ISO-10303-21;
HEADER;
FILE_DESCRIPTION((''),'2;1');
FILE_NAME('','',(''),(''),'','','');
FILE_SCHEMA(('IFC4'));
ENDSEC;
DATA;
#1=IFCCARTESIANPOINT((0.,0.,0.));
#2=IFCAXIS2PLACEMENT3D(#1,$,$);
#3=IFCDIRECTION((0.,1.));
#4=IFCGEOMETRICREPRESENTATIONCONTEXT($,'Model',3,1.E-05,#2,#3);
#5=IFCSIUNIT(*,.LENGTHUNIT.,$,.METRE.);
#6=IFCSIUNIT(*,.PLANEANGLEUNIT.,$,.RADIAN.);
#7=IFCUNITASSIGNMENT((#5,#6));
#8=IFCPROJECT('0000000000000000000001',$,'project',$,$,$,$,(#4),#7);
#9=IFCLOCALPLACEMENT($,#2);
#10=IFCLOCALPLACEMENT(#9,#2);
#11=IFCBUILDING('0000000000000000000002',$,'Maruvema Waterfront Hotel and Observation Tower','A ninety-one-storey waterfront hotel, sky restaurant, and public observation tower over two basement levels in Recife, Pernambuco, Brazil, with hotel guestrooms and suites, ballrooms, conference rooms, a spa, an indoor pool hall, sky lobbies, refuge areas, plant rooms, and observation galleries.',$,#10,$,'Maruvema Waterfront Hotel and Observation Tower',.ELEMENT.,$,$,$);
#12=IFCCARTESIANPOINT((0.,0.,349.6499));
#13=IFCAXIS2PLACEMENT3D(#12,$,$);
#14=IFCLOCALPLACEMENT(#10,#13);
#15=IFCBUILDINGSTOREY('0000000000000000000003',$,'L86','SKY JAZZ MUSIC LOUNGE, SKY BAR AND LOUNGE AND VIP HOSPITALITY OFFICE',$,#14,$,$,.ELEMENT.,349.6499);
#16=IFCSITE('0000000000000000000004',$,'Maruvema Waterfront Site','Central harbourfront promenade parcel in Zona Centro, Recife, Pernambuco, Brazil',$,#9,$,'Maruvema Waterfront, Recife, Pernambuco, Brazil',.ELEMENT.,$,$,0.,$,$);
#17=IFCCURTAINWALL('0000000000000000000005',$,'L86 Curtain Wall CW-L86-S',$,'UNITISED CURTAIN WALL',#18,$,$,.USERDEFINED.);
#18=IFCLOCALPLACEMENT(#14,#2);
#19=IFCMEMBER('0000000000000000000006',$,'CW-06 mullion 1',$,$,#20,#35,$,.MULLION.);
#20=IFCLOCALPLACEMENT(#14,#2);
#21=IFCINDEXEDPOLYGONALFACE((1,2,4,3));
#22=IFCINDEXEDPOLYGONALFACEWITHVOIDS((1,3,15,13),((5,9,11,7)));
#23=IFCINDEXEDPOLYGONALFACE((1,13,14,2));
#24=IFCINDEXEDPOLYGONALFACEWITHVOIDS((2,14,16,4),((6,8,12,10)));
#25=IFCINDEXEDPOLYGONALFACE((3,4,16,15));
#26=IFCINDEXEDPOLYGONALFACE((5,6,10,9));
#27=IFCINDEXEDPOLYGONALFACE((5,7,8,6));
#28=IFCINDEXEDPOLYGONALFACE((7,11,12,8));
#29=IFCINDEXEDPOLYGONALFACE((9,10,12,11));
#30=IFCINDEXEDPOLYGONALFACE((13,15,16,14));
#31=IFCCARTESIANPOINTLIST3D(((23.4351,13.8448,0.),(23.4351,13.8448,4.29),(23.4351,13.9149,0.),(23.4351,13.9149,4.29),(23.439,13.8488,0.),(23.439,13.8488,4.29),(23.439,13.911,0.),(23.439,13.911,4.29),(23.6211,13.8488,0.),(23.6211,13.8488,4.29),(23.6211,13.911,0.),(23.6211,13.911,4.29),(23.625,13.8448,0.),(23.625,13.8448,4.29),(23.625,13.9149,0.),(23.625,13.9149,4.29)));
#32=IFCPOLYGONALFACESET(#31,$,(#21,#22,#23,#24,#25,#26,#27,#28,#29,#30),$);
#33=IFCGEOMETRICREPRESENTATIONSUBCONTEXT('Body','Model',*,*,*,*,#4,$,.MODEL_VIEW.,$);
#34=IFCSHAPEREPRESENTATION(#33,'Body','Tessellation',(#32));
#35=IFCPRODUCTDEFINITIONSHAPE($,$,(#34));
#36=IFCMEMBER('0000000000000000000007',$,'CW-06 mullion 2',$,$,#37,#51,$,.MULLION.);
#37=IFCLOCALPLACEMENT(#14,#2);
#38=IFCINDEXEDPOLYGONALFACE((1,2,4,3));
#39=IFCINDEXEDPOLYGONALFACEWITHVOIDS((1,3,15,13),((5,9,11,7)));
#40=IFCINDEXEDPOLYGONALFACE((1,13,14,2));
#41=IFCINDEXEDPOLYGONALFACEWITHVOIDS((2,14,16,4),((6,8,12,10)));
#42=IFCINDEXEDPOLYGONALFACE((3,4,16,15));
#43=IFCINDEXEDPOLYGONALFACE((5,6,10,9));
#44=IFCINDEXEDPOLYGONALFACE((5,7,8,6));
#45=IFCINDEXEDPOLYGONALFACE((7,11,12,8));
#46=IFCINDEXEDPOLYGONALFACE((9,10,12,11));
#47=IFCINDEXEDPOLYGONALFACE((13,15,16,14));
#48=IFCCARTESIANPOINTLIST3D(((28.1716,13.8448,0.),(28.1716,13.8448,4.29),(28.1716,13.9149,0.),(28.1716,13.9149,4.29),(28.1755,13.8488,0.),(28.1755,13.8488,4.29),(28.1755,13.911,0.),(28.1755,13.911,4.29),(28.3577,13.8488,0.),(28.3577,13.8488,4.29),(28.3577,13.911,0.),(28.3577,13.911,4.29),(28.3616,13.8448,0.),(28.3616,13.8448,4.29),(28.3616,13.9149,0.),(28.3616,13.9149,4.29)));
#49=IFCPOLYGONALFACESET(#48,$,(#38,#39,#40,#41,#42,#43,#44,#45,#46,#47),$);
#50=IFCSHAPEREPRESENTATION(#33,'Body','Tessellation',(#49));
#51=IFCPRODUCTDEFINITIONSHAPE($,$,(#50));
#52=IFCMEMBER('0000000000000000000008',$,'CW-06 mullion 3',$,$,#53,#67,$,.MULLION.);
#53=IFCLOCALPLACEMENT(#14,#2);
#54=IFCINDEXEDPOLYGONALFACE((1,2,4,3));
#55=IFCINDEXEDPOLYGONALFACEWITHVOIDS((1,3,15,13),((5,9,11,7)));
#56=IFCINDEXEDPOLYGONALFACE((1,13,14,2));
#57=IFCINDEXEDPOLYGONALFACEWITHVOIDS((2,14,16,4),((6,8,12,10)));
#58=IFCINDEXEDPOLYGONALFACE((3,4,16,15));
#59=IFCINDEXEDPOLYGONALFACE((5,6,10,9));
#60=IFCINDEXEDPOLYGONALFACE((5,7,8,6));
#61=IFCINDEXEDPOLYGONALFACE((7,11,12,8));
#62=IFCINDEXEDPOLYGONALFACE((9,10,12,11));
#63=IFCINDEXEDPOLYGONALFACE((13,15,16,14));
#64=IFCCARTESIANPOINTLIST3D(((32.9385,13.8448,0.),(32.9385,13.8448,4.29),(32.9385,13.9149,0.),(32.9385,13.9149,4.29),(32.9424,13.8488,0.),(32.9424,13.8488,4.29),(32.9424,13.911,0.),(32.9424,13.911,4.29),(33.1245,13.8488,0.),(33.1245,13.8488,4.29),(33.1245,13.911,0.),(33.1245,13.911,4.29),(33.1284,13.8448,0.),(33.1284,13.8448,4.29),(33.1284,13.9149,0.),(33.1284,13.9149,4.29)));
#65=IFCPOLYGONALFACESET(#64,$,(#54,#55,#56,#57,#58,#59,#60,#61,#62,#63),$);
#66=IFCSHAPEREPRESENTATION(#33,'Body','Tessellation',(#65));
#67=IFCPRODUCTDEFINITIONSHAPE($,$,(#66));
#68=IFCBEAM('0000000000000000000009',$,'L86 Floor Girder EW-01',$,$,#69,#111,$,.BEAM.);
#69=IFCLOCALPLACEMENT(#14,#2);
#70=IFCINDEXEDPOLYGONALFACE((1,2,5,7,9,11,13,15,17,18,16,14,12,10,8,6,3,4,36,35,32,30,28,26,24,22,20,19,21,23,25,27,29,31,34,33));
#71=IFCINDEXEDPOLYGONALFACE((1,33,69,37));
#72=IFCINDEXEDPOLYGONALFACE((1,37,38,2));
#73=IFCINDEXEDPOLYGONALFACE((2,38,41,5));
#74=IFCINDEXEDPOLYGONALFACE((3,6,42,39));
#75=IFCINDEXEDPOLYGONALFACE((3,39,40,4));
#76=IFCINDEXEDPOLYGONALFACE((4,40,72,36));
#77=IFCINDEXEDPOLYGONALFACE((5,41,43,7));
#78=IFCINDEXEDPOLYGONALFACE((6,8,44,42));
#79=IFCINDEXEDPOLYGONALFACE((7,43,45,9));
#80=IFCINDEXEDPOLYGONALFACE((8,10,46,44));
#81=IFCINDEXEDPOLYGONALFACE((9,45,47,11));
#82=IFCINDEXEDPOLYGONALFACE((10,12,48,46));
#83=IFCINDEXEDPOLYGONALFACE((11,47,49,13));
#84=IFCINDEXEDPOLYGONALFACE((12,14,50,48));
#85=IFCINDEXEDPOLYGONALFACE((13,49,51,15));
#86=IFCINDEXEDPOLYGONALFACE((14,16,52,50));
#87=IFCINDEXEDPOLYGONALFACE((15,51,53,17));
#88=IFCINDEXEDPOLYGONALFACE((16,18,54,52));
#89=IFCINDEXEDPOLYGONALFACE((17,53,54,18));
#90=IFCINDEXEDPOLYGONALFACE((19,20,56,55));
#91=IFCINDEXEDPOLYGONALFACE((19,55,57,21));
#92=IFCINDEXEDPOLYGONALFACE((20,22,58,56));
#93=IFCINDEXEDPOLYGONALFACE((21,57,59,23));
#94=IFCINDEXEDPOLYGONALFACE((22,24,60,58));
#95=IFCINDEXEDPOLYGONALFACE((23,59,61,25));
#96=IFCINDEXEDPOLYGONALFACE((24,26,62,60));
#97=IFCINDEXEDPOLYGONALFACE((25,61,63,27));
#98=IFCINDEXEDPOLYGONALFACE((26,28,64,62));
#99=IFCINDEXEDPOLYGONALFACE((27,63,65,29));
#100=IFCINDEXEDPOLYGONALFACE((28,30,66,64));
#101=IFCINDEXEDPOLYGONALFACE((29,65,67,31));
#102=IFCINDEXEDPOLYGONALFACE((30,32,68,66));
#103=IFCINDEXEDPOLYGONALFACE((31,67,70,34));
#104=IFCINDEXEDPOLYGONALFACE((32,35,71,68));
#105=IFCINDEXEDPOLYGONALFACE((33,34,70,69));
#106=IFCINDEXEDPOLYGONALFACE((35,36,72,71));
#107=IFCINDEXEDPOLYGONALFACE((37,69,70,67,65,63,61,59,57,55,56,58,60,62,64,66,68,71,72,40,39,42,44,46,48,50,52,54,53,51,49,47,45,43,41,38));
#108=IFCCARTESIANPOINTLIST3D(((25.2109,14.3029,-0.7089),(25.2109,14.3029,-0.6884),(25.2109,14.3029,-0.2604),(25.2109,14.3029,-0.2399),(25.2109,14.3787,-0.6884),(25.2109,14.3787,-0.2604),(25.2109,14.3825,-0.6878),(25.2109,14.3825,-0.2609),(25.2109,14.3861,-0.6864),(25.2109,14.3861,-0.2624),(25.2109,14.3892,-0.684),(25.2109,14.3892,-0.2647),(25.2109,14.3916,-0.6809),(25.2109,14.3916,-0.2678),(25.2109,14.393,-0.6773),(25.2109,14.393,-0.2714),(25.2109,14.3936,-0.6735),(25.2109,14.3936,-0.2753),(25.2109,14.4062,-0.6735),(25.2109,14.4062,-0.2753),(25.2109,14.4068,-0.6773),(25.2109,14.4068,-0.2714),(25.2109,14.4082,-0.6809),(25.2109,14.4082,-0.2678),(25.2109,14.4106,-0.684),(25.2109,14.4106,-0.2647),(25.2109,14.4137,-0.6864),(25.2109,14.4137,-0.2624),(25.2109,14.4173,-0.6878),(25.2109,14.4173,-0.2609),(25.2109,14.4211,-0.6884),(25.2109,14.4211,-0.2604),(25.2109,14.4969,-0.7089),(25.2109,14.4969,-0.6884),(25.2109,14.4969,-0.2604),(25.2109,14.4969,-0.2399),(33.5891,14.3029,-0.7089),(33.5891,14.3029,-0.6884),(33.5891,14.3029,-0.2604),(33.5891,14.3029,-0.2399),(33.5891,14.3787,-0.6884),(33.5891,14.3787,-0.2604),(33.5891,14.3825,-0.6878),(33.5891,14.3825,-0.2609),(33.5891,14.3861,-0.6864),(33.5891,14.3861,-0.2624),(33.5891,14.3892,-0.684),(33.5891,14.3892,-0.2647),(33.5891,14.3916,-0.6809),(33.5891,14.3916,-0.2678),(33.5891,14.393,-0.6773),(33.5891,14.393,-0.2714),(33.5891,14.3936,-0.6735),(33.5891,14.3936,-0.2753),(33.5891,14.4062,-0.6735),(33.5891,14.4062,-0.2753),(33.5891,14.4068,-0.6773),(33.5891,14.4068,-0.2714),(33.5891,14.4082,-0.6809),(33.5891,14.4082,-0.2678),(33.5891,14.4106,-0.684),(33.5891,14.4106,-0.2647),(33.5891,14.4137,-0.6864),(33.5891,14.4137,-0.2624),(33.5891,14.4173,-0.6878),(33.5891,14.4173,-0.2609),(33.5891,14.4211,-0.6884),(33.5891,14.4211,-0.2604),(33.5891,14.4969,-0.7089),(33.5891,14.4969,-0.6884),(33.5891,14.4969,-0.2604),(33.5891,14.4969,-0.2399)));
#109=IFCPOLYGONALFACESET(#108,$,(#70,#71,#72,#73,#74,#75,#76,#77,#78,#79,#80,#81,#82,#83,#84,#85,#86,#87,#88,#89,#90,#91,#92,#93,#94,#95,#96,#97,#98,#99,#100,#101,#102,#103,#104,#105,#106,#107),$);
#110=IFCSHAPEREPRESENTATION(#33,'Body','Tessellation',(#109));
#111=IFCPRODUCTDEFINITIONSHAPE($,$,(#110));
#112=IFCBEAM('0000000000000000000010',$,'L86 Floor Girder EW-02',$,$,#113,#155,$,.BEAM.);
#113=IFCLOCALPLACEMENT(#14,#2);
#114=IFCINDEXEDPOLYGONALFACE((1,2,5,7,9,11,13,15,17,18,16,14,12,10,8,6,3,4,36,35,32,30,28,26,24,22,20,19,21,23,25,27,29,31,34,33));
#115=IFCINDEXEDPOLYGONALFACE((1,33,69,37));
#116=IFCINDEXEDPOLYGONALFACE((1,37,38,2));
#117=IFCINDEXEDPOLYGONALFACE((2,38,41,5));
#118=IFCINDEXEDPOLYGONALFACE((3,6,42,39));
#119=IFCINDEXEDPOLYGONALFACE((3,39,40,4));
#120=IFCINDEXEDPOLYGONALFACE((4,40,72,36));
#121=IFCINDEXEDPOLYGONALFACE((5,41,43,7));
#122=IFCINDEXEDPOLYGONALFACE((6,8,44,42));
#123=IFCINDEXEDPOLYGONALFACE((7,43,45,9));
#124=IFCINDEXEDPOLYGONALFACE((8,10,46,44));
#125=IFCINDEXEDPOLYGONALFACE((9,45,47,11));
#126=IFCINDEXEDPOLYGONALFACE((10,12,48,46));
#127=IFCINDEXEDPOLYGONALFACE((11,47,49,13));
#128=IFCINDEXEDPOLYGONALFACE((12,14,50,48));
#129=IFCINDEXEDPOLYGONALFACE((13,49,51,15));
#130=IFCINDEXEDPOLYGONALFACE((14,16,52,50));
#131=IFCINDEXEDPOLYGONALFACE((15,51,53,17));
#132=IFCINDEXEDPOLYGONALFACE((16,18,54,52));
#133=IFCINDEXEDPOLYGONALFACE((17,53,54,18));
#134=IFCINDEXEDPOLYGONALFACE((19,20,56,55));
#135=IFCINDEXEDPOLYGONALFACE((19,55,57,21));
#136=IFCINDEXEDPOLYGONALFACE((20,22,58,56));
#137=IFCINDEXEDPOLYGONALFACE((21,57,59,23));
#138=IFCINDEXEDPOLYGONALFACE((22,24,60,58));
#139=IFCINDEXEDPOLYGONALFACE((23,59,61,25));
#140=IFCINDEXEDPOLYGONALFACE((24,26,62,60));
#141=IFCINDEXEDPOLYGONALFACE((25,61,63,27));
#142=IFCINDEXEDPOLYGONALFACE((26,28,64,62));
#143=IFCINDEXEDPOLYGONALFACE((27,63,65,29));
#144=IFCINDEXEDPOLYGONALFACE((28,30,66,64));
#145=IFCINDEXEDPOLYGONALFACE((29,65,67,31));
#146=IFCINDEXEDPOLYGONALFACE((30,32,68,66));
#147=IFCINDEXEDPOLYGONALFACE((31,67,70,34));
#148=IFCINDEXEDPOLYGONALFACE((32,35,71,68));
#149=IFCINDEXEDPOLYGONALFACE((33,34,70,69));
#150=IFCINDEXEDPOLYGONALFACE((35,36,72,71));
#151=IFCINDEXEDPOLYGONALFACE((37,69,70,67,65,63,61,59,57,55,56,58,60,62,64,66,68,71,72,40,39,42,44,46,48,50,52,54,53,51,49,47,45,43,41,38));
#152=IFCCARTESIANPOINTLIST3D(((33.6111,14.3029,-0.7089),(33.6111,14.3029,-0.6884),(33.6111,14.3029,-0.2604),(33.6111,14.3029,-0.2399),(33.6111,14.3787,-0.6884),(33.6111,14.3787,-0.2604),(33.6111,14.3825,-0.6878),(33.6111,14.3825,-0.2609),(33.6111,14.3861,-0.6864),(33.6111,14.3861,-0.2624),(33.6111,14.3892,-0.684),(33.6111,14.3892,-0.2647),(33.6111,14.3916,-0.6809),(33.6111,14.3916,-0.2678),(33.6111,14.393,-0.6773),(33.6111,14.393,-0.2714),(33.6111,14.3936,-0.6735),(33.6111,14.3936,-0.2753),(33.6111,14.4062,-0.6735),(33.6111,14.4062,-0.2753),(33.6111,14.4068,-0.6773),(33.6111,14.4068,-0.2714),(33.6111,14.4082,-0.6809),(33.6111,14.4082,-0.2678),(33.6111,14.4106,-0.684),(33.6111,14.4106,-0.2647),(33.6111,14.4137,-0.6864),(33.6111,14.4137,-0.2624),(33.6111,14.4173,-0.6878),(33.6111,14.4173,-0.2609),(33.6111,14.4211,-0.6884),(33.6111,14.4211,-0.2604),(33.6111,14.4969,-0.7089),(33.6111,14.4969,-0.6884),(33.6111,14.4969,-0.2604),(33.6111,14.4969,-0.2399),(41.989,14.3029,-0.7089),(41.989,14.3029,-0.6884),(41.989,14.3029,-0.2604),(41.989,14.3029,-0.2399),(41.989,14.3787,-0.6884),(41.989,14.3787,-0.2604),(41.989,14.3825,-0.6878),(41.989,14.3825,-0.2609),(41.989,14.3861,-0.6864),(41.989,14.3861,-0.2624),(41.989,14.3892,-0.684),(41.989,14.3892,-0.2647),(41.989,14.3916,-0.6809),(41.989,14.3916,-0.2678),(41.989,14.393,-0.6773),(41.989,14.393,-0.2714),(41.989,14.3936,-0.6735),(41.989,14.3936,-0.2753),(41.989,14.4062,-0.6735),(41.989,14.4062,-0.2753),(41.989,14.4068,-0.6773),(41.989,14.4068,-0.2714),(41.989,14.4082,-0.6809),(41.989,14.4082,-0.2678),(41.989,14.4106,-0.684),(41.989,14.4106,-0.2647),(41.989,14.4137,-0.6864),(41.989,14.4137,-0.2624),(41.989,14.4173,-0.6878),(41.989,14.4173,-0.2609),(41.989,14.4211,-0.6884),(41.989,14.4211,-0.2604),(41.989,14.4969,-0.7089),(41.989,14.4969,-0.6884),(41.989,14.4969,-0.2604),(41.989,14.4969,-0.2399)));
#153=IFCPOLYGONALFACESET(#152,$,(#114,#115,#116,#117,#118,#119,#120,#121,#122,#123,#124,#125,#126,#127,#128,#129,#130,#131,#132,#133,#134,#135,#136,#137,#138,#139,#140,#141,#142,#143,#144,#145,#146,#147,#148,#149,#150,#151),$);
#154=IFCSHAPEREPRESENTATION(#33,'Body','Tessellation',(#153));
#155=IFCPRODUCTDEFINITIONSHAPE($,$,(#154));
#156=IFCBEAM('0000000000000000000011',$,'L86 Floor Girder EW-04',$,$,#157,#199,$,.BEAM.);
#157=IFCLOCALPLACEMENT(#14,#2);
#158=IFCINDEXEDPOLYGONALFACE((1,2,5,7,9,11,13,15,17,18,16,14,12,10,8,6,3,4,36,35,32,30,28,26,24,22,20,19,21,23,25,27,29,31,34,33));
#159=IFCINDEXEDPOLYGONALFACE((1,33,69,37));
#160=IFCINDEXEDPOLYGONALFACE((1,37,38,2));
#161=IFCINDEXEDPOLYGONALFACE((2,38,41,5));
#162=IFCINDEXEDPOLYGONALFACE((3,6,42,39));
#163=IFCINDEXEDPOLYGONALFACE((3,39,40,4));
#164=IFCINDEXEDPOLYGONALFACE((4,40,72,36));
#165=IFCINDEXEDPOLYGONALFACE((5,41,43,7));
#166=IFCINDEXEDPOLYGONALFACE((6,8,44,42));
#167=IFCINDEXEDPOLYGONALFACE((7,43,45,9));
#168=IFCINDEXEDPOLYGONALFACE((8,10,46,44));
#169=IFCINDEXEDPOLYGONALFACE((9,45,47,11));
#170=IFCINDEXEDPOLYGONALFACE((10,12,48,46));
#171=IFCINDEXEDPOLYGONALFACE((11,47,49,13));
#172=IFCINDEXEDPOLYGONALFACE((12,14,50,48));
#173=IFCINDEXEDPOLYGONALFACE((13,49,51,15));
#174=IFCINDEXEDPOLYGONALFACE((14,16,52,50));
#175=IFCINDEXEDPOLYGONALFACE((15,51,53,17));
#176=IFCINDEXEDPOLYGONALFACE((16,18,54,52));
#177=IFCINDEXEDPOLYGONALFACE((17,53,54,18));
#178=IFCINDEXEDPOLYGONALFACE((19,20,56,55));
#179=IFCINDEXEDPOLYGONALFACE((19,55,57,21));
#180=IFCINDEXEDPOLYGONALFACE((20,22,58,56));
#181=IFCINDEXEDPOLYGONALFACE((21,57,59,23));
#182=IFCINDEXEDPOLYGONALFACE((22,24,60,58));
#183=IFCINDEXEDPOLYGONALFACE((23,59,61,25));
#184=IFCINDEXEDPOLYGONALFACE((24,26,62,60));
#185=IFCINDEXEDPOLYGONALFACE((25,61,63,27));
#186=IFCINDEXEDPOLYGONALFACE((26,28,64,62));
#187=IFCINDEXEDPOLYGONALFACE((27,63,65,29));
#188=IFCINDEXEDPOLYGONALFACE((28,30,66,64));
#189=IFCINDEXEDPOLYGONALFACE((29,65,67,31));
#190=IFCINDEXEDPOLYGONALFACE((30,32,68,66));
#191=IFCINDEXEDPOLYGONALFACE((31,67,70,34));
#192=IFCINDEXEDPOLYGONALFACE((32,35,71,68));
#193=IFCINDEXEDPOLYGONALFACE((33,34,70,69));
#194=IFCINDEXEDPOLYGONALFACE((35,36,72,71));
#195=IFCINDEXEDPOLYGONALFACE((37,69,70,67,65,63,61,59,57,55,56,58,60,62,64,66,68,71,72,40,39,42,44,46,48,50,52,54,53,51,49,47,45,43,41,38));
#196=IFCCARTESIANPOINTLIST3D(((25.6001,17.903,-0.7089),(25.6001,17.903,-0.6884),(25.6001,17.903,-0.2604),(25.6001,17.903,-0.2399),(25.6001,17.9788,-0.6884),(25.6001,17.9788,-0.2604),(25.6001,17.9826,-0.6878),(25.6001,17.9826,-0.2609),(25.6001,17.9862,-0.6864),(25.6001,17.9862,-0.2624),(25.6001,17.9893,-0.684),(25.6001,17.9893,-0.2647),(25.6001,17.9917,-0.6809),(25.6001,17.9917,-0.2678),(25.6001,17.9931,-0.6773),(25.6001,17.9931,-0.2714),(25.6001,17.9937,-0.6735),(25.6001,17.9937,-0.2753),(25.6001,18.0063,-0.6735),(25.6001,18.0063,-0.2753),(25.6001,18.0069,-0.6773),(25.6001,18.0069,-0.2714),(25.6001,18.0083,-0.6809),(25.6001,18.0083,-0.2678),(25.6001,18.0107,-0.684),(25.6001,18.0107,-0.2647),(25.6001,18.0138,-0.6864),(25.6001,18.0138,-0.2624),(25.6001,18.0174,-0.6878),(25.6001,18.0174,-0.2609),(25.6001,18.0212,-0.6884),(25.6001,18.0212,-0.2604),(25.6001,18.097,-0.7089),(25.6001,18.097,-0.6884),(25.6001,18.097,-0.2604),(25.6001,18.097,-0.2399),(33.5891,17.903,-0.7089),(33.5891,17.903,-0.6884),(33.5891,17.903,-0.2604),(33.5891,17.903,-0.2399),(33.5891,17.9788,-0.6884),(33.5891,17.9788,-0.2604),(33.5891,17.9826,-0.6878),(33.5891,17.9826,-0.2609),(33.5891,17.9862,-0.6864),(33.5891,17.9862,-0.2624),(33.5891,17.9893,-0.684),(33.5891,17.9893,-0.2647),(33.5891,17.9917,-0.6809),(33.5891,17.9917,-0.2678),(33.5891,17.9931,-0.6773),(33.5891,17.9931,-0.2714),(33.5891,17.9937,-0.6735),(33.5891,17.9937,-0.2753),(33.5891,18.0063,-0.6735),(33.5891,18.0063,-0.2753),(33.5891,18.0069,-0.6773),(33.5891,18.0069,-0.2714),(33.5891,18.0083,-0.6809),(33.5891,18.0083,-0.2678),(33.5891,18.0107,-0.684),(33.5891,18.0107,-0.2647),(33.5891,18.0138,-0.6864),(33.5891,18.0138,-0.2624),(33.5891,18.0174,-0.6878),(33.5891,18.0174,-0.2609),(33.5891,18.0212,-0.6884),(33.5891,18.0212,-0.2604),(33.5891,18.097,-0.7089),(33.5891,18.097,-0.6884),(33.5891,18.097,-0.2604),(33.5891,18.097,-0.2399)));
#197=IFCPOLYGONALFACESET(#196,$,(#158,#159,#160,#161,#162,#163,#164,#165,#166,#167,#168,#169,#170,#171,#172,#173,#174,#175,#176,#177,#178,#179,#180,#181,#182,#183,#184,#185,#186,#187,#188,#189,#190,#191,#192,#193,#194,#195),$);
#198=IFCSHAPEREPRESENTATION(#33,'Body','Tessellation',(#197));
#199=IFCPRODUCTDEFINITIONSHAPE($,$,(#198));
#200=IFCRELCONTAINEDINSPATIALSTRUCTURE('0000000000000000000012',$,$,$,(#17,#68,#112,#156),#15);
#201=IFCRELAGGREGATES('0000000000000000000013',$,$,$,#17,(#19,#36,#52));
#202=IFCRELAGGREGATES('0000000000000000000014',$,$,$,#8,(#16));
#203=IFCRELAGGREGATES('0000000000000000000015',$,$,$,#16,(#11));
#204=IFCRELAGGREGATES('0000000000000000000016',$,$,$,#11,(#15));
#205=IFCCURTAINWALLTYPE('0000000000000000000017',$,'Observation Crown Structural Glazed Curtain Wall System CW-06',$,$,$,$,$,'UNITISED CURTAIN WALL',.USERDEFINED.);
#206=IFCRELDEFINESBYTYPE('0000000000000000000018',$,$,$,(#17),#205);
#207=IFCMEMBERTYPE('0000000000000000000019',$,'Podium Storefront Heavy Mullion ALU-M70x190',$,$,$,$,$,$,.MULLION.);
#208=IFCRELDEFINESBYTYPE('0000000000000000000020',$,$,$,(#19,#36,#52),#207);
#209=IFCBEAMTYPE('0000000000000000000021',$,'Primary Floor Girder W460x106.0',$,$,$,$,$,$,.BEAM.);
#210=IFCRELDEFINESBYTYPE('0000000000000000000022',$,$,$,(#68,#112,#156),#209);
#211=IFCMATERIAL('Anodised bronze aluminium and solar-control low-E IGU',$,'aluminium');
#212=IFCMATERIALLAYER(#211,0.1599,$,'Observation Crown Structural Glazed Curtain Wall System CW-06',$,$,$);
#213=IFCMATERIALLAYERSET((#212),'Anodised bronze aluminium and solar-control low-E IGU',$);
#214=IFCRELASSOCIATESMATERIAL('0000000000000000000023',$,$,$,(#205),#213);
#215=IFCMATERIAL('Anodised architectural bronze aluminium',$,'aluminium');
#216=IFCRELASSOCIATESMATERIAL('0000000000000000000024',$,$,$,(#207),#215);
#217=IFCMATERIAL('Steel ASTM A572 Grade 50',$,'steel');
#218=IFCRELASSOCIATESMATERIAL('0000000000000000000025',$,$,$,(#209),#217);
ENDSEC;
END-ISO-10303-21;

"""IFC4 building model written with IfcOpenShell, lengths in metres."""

from ifc_helpers import new_model, si_unit, direction, frame, origin, origin_2d, place, context, subcontext, project, spatial, hollow_rectangle, i_section, extrude, material, layer, layer_set, material_profile, profile_set, type_object, element, aggregate, save


model = new_model("IFC4")

# Units and contexts
model_context = context("Model", 3, precision=1e-05, world=origin(), true_north=direction((0.0, 1.0)))
body_context = subcontext(model_context, "Body", "Model", "MODEL_VIEW")
ifc_project = project(units=[si_unit("LENGTHUNIT", "METRE"), si_unit("PLANEANGLEUNIT", "RADIAN")], contexts=[model_context])

# Site, building, storey
site_placement = place(None, origin())
site = spatial("IfcSite", under=ifc_project, at=site_placement, Name="Maruvema Waterfront Site", Description="Central harbourfront promenade parcel in Zona Centro, Recife, Pernambuco, Brazil", LongName="Maruvema Waterfront, Recife, Pernambuco, Brazil", CompositionType="ELEMENT", RefElevation=0.0)
building_placement = place(site_placement, origin())
building = spatial("IfcBuilding", under=site, at=building_placement, Name="Maruvema Waterfront Hotel and Observation Tower", Description="A ninety-one-storey waterfront hotel, sky restaurant, and public observation tower over two basement levels in Recife, Pernambuco, Brazil, with hotel guestrooms and suites, ballrooms, conference rooms, a spa, an indoor pool hall, sky lobbies, refuge areas, plant rooms, and observation galleries.", LongName="Maruvema Waterfront Hotel and Observation Tower", CompositionType="ELEMENT")
storey_placement = place(building_placement, frame((0.0, 0.0, 349.6499)))
storey = spatial("IfcBuildingStorey", under=building, at=storey_placement, Name="L86", Description="SKY JAZZ MUSIC LOUNGE, SKY BAR AND LOUNGE AND VIP HOSPITALITY OFFICE", CompositionType="ELEMENT", Elevation=349.6499)

# Curtain wall, members
ifc_material_1 = material(Name="Anodised bronze aluminium and solar-control low-E IGU", Category="aluminium")
ifc_layer_1 = layer(ifc_material_1, 0.1599, Name="Observation Crown Structural Glazed Curtain Wall System CW-06")
ifc_layer_set_1 = layer_set([ifc_layer_1], Name="Anodised bronze aluminium and solar-control low-E IGU")
curtain_wall_type = type_object("IfcCurtainWallType", Name="Observation Crown Structural Glazed Curtain Wall System CW-06", ElementType="UNITISED CURTAIN WALL", PredefinedType="USERDEFINED", material=ifc_layer_set_1)
curtain_wall_placement = place(storey_placement, origin())
curtain_wall = element("IfcCurtainWall", 1, at=curtain_wall_placement, inside=storey, type_object=curtain_wall_type, Name="L86 Curtain Wall CW-L86-S", ObjectType="UNITISED CURTAIN WALL", PredefinedType="USERDEFINED")
ifc_material_2 = material(Name="Anodised architectural bronze aluminium", Category="aluminium")
ifc_material_profile_1 = material_profile(ifc_material_2, hollow_rectangle(XDim=0.0701, YDim=0.1899, WallThickness=0.0039, at=origin_2d()), Name="ALU-M70x190")
ifc_profile_set_1 = profile_set([ifc_material_profile_1], Name="Anodised architectural bronze aluminium")
member_type_1 = type_object("IfcMemberType", Name="Podium Storefront Heavy Mullion ALU-M70x190", PredefinedType="MULLION", material=ifc_profile_set_1)
member_1_placement = place(storey_placement, frame((23.53, 13.8799, 0.0), z_axis=(0.0, 0.0, 1.0), x_axis=(0.0, 1.0, 0.0)))
member_1 = element("IfcMember", 2, at=member_1_placement, type_object=member_type_1, Name="CW-06 mullion 1", PredefinedType="MULLION", context=body_context, shape_type="SweptSolid", body=[
    extrude(hollow_rectangle(XDim=0.0701, YDim=0.1899, WallThickness=0.0039, at=origin_2d()), origin(), (0.0, 0.0, 1.0), 4.29),
])
member_2_placement = place(storey_placement, frame((28.2666, 13.8799, 0.0), z_axis=(0.0, 0.0, 1.0), x_axis=(0.0, 1.0, 0.0)))
member_2 = element("IfcMember", 3, at=member_2_placement, type_object=member_type_1, Name="CW-06 mullion 2", PredefinedType="MULLION", context=body_context, shape_type="SweptSolid", body=[
    extrude(hollow_rectangle(XDim=0.0701, YDim=0.1899, WallThickness=0.0039, at=origin_2d()), origin(), (0.0, 0.0, 1.0), 4.29),
])
member_3_placement = place(storey_placement, frame((33.0334, 13.8799, 0.0), z_axis=(0.0, 0.0, 1.0), x_axis=(0.0, 1.0, 0.0)))
member_3 = element("IfcMember", 4, at=member_3_placement, type_object=member_type_1, Name="CW-06 mullion 3", PredefinedType="MULLION", context=body_context, shape_type="SweptSolid", body=[
    extrude(hollow_rectangle(XDim=0.0701, YDim=0.1899, WallThickness=0.0039, at=origin_2d()), origin(), (0.0, 0.0, 1.0), 4.29),
])

# Beams
ifc_material_3 = material(Name="Steel ASTM A572 Grade 50", Category="steel")
ifc_material_profile_2 = material_profile(ifc_material_3, i_section(OverallWidth=0.1941, OverallDepth=0.469, WebThickness=0.0127, FlangeThickness=0.0205, FilletRadius=0.0149, at=origin_2d()), Name="W460x106.0")
ifc_profile_set_2 = profile_set([ifc_material_profile_2], Name="Steel ASTM A572 Grade 50")
beam_type_1 = type_object("IfcBeamType", Name="Primary Floor Girder W460x106.0", PredefinedType="BEAM", material=ifc_profile_set_2)
beam_1_placement = place(storey_placement, frame((25.2109, 14.3999, -0.4744), z_axis=(1.0, 0.0, 0.0), x_axis=(0.0, 1.0, 0.0)))
element("IfcBeam", 5, at=beam_1_placement, inside=storey, type_object=beam_type_1, Name="L86 Floor Girder EW-01", PredefinedType="BEAM", context=body_context, shape_type="SweptSolid", body=[
    extrude(i_section(OverallWidth=0.1941, OverallDepth=0.469, WebThickness=0.0127, FlangeThickness=0.0205, FilletRadius=0.0149, at=origin_2d()), origin(), (0.0, 0.0, 1.0), 8.3782),
])
beam_2_placement = place(storey_placement, frame((33.6111, 14.3999, -0.4744), z_axis=(1.0, 0.0, 0.0), x_axis=(0.0, 1.0, 0.0)))
element("IfcBeam", 6, at=beam_2_placement, inside=storey, type_object=beam_type_1, Name="L86 Floor Girder EW-02", PredefinedType="BEAM", context=body_context, shape_type="SweptSolid", body=[
    extrude(i_section(OverallWidth=0.1941, OverallDepth=0.469, WebThickness=0.0127, FlangeThickness=0.0205, FilletRadius=0.0149, at=origin_2d()), origin(), (0.0, 0.0, 1.0), 8.3779),
])
beam_3_placement = place(storey_placement, frame((25.6001, 18.0, -0.4744), z_axis=(1.0, 0.0, 0.0), x_axis=(0.0, 1.0, 0.0)))
element("IfcBeam", 7, at=beam_3_placement, inside=storey, type_object=beam_type_1, Name="L86 Floor Girder EW-04", PredefinedType="BEAM", context=body_context, shape_type="SweptSolid", body=[
    extrude(i_section(OverallWidth=0.1941, OverallDepth=0.469, WebThickness=0.0127, FlangeThickness=0.0205, FilletRadius=0.0149, at=origin_2d()), origin(), (0.0, 0.0, 1.0), 7.989),
])

aggregate(curtain_wall, [member_1, member_2, member_3])

save(model, "model.ifc")
